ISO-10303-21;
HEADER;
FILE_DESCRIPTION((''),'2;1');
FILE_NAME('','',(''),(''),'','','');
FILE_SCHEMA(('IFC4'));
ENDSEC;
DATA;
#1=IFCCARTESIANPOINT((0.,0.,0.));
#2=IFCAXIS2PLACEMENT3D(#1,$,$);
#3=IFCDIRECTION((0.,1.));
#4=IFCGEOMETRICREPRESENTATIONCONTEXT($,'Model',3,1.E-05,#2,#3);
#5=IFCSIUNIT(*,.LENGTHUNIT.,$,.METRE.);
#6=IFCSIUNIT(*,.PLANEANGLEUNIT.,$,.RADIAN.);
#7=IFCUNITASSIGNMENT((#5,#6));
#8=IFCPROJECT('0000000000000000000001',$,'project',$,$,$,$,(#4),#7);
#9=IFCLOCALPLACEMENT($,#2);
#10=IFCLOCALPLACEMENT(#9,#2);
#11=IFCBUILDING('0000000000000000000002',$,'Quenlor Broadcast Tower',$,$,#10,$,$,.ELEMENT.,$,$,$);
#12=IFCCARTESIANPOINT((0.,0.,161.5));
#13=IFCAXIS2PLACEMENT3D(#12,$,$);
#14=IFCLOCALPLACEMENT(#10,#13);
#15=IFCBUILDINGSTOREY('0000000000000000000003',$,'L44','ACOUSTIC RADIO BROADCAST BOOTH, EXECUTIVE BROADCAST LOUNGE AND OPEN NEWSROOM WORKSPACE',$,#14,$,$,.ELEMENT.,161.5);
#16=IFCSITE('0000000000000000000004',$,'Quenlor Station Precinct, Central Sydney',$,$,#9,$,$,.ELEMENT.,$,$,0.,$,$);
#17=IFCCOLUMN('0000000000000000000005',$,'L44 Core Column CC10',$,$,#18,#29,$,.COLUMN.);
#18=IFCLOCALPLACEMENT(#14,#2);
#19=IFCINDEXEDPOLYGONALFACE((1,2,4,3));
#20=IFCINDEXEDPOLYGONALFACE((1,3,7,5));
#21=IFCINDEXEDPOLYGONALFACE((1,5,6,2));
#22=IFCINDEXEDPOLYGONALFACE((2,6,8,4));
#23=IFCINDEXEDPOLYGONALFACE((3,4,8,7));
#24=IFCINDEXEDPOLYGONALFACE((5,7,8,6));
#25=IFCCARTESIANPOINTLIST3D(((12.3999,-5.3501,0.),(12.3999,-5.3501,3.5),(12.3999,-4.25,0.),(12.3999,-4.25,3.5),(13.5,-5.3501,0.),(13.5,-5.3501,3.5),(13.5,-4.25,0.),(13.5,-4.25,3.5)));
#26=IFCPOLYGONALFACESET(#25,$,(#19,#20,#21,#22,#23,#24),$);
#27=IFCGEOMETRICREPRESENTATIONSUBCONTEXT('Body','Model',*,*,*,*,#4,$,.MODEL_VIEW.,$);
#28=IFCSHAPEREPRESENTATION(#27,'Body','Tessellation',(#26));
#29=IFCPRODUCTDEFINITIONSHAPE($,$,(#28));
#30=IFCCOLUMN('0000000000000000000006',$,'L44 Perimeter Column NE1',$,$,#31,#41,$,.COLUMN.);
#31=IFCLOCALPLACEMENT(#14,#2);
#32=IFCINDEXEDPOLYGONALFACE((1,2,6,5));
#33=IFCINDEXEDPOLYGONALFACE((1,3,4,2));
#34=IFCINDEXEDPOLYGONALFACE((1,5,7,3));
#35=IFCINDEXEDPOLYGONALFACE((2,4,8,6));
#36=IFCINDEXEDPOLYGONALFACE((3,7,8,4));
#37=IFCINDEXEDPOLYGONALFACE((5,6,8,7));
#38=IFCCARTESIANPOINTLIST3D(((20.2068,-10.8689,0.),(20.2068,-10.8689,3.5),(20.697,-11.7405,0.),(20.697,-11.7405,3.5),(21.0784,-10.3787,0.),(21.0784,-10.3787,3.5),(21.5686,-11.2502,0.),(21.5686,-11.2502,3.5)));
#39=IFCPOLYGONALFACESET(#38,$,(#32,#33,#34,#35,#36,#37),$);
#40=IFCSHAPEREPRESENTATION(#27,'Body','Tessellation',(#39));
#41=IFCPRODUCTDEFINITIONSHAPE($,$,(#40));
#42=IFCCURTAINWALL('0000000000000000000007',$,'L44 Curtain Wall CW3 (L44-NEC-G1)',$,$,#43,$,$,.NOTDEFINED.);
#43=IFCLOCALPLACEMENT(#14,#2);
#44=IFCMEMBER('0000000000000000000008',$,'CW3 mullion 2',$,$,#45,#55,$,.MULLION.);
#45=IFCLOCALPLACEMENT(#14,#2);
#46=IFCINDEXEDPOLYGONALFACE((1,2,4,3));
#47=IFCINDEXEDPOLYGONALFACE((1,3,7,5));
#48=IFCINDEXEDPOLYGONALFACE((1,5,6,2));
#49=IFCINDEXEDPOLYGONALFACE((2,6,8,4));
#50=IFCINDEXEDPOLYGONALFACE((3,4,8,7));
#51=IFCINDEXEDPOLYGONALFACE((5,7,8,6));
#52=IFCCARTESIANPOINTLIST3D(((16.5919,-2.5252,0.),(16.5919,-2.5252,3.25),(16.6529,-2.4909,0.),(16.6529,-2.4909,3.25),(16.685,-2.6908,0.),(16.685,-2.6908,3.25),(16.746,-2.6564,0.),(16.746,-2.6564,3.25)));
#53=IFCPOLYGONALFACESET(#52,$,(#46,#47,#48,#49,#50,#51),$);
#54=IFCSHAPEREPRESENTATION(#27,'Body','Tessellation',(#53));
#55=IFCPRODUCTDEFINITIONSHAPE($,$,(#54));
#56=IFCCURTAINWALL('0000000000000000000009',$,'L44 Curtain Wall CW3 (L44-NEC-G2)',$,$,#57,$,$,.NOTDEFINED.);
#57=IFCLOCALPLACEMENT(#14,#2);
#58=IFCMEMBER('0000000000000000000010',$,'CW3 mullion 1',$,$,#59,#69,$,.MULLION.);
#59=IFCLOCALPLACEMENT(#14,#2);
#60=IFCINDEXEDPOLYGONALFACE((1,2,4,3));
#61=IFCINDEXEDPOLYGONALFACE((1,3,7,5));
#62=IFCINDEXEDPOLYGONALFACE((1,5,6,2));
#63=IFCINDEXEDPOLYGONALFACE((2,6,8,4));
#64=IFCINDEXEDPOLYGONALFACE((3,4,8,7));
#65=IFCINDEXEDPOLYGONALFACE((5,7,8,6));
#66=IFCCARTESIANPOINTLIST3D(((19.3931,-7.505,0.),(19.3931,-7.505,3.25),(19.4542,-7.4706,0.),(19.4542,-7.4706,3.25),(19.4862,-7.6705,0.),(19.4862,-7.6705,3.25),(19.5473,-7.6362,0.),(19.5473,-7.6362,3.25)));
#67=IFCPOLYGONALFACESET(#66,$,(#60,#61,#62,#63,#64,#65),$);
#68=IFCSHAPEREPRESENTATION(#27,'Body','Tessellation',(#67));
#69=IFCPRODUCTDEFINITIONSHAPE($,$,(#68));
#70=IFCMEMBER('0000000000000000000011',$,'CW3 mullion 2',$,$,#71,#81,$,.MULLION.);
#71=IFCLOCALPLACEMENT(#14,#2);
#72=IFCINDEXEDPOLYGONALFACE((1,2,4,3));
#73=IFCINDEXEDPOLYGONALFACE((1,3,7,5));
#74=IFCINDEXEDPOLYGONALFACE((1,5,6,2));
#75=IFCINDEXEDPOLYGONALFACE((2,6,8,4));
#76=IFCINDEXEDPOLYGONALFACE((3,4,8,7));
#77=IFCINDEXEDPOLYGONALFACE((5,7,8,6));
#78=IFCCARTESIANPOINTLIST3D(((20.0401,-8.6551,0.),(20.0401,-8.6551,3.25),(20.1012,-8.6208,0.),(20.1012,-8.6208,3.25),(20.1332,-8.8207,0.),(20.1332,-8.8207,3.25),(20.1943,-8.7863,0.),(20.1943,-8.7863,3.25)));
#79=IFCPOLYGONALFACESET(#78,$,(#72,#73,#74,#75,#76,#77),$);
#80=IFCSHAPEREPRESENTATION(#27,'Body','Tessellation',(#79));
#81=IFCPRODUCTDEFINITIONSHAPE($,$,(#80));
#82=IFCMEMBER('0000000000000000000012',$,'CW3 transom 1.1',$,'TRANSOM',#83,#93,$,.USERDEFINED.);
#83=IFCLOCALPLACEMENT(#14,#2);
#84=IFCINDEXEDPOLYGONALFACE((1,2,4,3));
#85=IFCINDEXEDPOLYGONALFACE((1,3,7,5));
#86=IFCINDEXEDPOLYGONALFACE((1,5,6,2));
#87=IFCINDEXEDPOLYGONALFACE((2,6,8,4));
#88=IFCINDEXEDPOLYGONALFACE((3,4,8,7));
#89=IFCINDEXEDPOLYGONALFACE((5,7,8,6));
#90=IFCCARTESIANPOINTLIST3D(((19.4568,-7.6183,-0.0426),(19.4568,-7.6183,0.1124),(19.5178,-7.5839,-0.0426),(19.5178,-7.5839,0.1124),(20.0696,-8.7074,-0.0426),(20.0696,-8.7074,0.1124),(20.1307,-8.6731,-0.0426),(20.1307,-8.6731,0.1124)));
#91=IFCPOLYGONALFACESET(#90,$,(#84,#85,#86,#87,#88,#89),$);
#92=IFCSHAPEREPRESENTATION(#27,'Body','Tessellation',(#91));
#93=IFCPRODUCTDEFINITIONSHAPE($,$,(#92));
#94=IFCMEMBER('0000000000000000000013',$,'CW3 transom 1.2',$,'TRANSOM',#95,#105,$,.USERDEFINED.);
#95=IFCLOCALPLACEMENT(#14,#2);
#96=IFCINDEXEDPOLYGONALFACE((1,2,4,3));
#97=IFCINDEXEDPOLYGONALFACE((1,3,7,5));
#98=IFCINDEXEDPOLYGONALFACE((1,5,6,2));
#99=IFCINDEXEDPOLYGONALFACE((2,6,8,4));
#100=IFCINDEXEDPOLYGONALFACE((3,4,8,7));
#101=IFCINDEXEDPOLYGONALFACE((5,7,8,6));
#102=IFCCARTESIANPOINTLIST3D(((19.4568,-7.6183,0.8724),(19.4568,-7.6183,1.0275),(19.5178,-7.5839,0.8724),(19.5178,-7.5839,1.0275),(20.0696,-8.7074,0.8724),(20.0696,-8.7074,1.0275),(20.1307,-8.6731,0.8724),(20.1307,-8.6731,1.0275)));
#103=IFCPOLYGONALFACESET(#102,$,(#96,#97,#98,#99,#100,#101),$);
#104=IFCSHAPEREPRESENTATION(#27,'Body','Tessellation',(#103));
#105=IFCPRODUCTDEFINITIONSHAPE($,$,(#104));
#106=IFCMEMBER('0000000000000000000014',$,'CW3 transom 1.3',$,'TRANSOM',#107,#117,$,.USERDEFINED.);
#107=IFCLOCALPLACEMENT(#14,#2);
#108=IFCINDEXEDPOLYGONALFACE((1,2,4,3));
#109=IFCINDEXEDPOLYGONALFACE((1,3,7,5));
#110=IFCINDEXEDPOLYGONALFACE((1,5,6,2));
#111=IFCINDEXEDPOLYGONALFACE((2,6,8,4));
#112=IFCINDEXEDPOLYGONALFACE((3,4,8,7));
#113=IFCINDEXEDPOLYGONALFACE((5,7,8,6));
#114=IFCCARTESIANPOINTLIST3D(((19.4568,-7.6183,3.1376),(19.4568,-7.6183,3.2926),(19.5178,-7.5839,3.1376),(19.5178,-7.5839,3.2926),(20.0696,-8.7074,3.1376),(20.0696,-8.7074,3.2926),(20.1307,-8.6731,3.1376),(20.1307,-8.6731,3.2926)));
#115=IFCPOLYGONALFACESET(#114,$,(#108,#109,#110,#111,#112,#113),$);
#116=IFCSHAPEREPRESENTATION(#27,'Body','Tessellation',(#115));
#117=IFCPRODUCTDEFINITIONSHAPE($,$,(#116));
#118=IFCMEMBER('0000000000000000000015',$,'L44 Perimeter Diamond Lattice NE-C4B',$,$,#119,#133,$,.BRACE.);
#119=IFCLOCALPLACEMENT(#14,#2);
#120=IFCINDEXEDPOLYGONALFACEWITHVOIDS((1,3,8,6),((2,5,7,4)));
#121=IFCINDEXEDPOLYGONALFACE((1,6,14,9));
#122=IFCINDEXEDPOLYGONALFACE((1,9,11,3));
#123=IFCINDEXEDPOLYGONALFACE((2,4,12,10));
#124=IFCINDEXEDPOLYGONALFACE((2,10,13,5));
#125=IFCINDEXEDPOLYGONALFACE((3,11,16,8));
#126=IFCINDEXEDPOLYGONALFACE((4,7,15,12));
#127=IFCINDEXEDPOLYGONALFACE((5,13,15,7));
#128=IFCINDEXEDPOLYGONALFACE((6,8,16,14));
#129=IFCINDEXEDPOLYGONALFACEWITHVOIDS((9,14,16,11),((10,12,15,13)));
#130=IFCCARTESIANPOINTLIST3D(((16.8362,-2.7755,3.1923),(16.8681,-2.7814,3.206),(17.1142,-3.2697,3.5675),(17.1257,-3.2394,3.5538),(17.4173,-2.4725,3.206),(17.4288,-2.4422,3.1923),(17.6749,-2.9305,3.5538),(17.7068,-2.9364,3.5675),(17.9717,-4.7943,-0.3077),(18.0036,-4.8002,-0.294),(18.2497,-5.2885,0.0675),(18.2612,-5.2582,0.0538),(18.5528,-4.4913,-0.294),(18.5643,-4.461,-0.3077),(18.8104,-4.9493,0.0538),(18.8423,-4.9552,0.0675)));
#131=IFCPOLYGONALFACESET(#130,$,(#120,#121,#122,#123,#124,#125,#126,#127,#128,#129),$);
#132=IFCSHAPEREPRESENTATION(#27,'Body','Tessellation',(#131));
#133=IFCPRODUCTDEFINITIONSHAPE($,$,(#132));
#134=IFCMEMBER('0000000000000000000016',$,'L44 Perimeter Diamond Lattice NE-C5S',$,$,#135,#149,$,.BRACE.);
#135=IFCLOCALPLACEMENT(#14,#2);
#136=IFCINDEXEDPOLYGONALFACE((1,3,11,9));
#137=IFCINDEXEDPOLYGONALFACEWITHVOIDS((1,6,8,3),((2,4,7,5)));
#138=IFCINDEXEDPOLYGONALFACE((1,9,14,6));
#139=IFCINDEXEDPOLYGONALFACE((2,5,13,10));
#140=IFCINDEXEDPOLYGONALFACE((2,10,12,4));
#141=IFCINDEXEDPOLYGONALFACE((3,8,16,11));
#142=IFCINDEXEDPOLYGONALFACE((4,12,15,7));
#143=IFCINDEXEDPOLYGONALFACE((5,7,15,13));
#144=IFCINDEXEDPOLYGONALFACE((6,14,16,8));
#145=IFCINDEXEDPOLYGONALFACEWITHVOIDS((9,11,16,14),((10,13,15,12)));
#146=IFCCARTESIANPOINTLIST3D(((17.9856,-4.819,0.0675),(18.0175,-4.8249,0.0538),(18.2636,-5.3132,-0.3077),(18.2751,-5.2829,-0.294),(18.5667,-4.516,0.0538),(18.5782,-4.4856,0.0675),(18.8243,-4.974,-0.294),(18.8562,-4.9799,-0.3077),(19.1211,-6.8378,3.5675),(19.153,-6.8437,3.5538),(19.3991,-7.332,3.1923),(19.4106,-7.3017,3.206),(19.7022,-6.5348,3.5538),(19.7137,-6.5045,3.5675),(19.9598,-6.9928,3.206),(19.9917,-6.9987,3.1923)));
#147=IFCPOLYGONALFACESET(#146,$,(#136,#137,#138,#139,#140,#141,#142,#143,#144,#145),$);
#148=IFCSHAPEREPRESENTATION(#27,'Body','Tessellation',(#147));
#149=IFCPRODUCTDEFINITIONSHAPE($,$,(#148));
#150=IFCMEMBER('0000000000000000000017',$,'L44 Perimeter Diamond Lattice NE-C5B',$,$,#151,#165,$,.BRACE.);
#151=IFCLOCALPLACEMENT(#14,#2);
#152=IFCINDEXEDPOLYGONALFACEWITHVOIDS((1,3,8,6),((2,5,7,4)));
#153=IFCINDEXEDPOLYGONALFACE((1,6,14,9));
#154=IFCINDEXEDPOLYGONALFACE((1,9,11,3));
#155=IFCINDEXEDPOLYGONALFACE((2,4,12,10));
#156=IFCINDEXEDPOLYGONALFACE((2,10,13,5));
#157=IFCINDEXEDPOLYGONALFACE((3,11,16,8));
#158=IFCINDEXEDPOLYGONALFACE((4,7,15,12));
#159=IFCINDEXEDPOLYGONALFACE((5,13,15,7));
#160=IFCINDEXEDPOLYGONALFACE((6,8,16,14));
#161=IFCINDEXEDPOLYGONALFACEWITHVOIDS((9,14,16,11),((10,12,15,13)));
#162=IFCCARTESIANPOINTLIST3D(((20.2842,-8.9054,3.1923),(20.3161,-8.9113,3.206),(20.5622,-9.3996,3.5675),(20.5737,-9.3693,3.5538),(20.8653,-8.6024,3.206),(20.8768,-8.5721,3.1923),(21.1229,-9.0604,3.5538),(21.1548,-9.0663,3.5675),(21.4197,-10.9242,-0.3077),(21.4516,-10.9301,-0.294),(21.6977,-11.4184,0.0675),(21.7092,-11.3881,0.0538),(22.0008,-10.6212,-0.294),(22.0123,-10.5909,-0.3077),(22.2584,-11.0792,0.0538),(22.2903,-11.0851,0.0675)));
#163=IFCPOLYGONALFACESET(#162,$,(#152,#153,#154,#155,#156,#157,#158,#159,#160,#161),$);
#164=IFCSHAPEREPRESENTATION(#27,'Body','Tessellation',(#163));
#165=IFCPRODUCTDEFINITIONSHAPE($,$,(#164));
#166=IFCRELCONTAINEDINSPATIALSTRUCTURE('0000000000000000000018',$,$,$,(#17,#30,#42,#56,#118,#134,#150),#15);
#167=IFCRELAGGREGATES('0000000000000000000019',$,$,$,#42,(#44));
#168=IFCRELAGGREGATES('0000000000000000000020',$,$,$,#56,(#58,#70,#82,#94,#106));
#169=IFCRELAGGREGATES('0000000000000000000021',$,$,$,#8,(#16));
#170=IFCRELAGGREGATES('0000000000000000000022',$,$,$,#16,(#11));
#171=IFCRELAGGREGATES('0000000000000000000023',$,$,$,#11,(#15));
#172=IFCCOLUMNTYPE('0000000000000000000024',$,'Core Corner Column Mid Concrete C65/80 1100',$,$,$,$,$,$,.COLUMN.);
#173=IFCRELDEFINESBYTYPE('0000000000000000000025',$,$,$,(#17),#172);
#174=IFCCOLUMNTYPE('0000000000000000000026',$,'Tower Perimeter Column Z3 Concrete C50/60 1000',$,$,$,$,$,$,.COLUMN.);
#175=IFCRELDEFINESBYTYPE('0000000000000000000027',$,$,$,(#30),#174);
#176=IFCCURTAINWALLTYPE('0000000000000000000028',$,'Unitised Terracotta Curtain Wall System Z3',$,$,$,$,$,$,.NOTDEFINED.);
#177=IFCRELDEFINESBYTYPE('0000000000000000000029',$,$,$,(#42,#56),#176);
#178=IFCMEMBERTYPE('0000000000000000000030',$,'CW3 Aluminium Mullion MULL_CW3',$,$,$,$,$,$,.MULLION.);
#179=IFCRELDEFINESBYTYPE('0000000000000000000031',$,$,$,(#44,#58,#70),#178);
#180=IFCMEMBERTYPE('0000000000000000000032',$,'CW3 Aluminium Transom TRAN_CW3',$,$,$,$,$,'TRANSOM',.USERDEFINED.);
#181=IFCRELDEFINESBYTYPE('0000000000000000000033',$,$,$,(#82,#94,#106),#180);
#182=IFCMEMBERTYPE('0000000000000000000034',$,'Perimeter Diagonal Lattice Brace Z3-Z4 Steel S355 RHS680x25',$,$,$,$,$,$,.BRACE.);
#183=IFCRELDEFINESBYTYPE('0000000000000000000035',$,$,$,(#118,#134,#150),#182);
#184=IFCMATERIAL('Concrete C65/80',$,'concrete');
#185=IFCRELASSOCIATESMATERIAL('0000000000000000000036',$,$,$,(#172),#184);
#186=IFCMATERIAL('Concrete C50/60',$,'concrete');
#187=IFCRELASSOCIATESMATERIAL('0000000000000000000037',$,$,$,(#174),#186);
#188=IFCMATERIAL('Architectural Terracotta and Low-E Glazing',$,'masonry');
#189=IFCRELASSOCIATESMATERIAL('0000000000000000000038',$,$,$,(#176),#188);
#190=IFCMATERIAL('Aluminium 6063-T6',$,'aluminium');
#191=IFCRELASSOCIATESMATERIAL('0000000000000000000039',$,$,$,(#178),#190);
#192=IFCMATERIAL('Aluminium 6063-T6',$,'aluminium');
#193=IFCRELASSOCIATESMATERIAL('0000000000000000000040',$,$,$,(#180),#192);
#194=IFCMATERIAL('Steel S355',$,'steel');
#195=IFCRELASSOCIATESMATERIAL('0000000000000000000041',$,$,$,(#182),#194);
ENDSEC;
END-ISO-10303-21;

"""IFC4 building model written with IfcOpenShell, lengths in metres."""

from ifc_helpers import new_model, si_unit, direction, frame, origin, origin_2d, place, context, subcontext, project, spatial, rectangle, hollow_rectangle, extrude, material, material_profile, profile_set, type_object, element, aggregate, save


model = new_model("IFC4")

# Units and contexts
model_context = context("Model", 3, precision=1e-05, world=origin(), true_north=direction((0.0, 1.0)))
body_context = subcontext(model_context, "Body", "Model", "MODEL_VIEW")
ifc_project = project(units=[si_unit("LENGTHUNIT", "METRE"), si_unit("PLANEANGLEUNIT", "RADIAN")], contexts=[model_context])

# Site, building, storey
site_placement = place(None, origin())
site = spatial("IfcSite", under=ifc_project, at=site_placement, Name="Quenlor Station Precinct, Central Sydney", CompositionType="ELEMENT", RefElevation=0.0)
building_placement = place(site_placement, origin())
building = spatial("IfcBuilding", under=site, at=building_placement, Name="Quenlor Broadcast Tower", CompositionType="ELEMENT")
storey_placement = place(building_placement, frame((0.0, 0.0, 161.5)))
storey = spatial("IfcBuildingStorey", under=building, at=storey_placement, Name="L44", Description="ACOUSTIC RADIO BROADCAST BOOTH, EXECUTIVE BROADCAST LOUNGE AND OPEN NEWSROOM WORKSPACE", CompositionType="ELEMENT", Elevation=161.5)

# Columns
ifc_material_1 = material(Name="Concrete C65/80", Category="concrete")
ifc_material_profile_1 = material_profile(ifc_material_1, rectangle(XDim=1.1001, YDim=1.1001, at=origin_2d()))
ifc_profile_set_1 = profile_set([ifc_material_profile_1], Name="Concrete C65/80 RC1100x1100")
column_type_1 = type_object("IfcColumnType", Name="Core Corner Column Mid Concrete C65/80 1100", PredefinedType="COLUMN", material=ifc_profile_set_1)
column_1_placement = place(storey_placement, frame((12.95, -4.8, 0.0), z_axis=(0.0, 0.0, 1.0), x_axis=(1.0, 0.0, 0.0)))
element("IfcColumn", 1, at=column_1_placement, inside=storey, type_object=column_type_1, Name="L44 Core Column CC10", PredefinedType="COLUMN", context=body_context, shape_type="SweptSolid", body=[
    extrude(rectangle(XDim=1.1001, YDim=1.1001, at=origin_2d()), origin(), (0.0, 0.0, 1.0), 3.5),
])
ifc_material_2 = material(Name="Concrete C50/60", Category="concrete")
ifc_material_profile_2 = material_profile(ifc_material_2, rectangle(XDim=1.0, YDim=1.0, at=origin_2d()))
ifc_profile_set_2 = profile_set([ifc_material_profile_2], Name="Concrete C50/60 RC1000x1000")
column_type_2 = type_object("IfcColumnType", Name="Tower Perimeter Column Z3 Concrete C50/60 1000", PredefinedType="COLUMN", material=ifc_profile_set_2)
column_2_placement = place(storey_placement, frame((20.8877, -11.0596, 0.0), z_axis=(0.0, 0.0, 1.0), x_axis=(0.871575, 0.490262, 0.0)))
element("IfcColumn", 2, at=column_2_placement, inside=storey, type_object=column_type_2, Name="L44 Perimeter Column NE1", PredefinedType="COLUMN", context=body_context, shape_type="SweptSolid", body=[
    extrude(rectangle(XDim=1.0, YDim=1.0, at=origin_2d()), origin(), (0.0, 0.0, 1.0), 3.5),
])

# Curtain wall, member
ifc_material_3 = material(Name="Architectural Terracotta and Low-E Glazing", Category="masonry")
curtain_wall_type = type_object("IfcCurtainWallType", Name="Unitised Terracotta Curtain Wall System Z3", PredefinedType="NOTDEFINED", material=ifc_material_3)
curtain_wall_1_placement = place(storey_placement, origin())
curtain_wall_1 = element("IfcCurtainWall", 3, at=curtain_wall_1_placement, inside=storey, type_object=curtain_wall_type, Name="L44 Curtain Wall CW3 (L44-NEC-G1)", PredefinedType="NOTDEFINED")
ifc_material_4 = material(Name="Aluminium 6063-T6", Category="aluminium")
ifc_material_profile_3 = material_profile(ifc_material_4, rectangle(XDim=0.0701, YDim=0.1899, at=origin_2d()))
ifc_profile_set_3 = profile_set([ifc_material_profile_3], Name="Aluminium 6063-T6 MULL70x190")
member_type_1 = type_object("IfcMemberType", Name="CW3 Aluminium Mullion MULL_CW3", PredefinedType="MULLION", material=ifc_profile_set_3)
member_1_placement = place(storey_placement, frame((16.6689, -2.5908, 0.0), z_axis=(0.0, 0.0, 1.0), x_axis=(0.87158, 0.490253, 0.0)))
member_1 = element("IfcMember", 4, at=member_1_placement, type_object=member_type_1, Name="CW3 mullion 2", PredefinedType="MULLION", context=body_context, shape_type="SweptSolid", body=[
    extrude(rectangle(XDim=0.0701, YDim=0.1899, at=origin_2d()), origin(), (0.0, 0.0, 1.0), 3.25),
])
aggregate(curtain_wall_1, [member_1])

# Curtain wall, members
curtain_wall_2_placement = place(storey_placement, origin())
curtain_wall_2 = element("IfcCurtainWall", 5, at=curtain_wall_2_placement, inside=storey, type_object=curtain_wall_type, Name="L44 Curtain Wall CW3 (L44-NEC-G2)", PredefinedType="NOTDEFINED")
member_2_placement = place(storey_placement, frame((19.4702, -7.5706, 0.0), z_axis=(0.0, 0.0, 1.0), x_axis=(0.871576, 0.490261, 0.0)))
member_2 = element("IfcMember", 6, at=member_2_placement, type_object=member_type_1, Name="CW3 mullion 1", PredefinedType="MULLION", context=body_context, shape_type="SweptSolid", body=[
    extrude(rectangle(XDim=0.0701, YDim=0.1899, at=origin_2d()), origin(), (0.0, 0.0, 1.0), 3.25),
])
member_3_placement = place(storey_placement, frame((20.1172, -8.7207, 0.0), z_axis=(0.0, 0.0, 1.0), x_axis=(0.871576, 0.490261, 0.0)))
member_3 = element("IfcMember", 7, at=member_3_placement, type_object=member_type_1, Name="CW3 mullion 2", PredefinedType="MULLION", context=body_context, shape_type="SweptSolid", body=[
    extrude(rectangle(XDim=0.0701, YDim=0.1899, at=origin_2d()), origin(), (0.0, 0.0, 1.0), 3.25),
])
ifc_material_5 = material(Name="Aluminium 6063-T6", Category="aluminium")
ifc_material_profile_4 = material_profile(ifc_material_5, rectangle(XDim=0.0701, YDim=0.155, at=origin_2d()))
ifc_profile_set_4 = profile_set([ifc_material_profile_4], Name="Aluminium 6063-T6 TRAN70x155")
member_type_2 = type_object("IfcMemberType", Name="CW3 Aluminium Transom TRAN_CW3", ElementType="TRANSOM", PredefinedType="USERDEFINED", material=ifc_profile_set_4)
member_4_placement = place(storey_placement, frame((19.4873, -7.6011, 0.0349), z_axis=(0.490363, -0.871518, 0.0), x_axis=(0.871518, 0.490363, 0.0)))
member_4 = element("IfcMember", 8, at=member_4_placement, type_object=member_type_2, Name="CW3 transom 1.1", ObjectType="TRANSOM", PredefinedType="USERDEFINED", context=body_context, shape_type="SweptSolid", body=[
    extrude(rectangle(XDim=0.0701, YDim=0.155, at=origin_2d()), origin(), (0.0, 0.0, 1.0), 1.2498),
])
member_5_placement = place(storey_placement, frame((19.4873, -7.6011, 0.95), z_axis=(0.490363, -0.871518, 0.0), x_axis=(0.871518, 0.490363, 0.0)))
member_5 = element("IfcMember", 9, at=member_5_placement, type_object=member_type_2, Name="CW3 transom 1.2", ObjectType="TRANSOM", PredefinedType="USERDEFINED", context=body_context, shape_type="SweptSolid", body=[
    extrude(rectangle(XDim=0.0701, YDim=0.155, at=origin_2d()), origin(), (0.0, 0.0, 1.0), 1.2498),
])
member_6_placement = place(storey_placement, frame((19.4873, -7.6011, 3.2151), z_axis=(0.490363, -0.871518, 0.0), x_axis=(0.871518, 0.490363, 0.0)))
member_6 = element("IfcMember", 10, at=member_6_placement, type_object=member_type_2, Name="CW3 transom 1.3", ObjectType="TRANSOM", PredefinedType="USERDEFINED", context=body_context, shape_type="SweptSolid", body=[
    extrude(rectangle(XDim=0.0701, YDim=0.155, at=origin_2d()), origin(), (0.0, 0.0, 1.0), 1.2498),
])

# Members
ifc_material_6 = material(Name="Steel S355", Category="steel")
ifc_material_profile_5 = material_profile(ifc_material_6, hollow_rectangle(XDim=0.6799, YDim=0.6799, WallThickness=0.0249, at=origin_2d()))
ifc_profile_set_5 = profile_set([ifc_material_profile_5], Name="Steel S355 RHS680x680x25")
member_type_3 = type_object("IfcMemberType", Name="Perimeter Diagonal Lattice Brace Z3-Z4 Steel S355 RHS680x25", PredefinedType="BRACE", material=ifc_profile_set_5)
for number, where, z_axis, x_axis, name in (
    (11, (18.407, -4.8748, -0.1201), (-0.270549, 0.481009, 0.833927), (-0.87159, -0.490236, 0.0), "L44 Perimeter Diamond Lattice NE-C4B"),
    (12, (18.4209, -4.8994, -0.1201), (0.270549, -0.481009, 0.833927), (0.87159, 0.490236, 0.0), "L44 Perimeter Diamond Lattice NE-C5S"),
    (13, (21.855, -11.0046, -0.1201), (-0.270549, 0.481009, 0.833927), (-0.87159, -0.490236, 0.0), "L44 Perimeter Diamond Lattice NE-C5B"),
):
    element("IfcMember", number, at=place(storey_placement, frame(where, z_axis=z_axis, x_axis=x_axis)), inside=storey, type_object=member_type_3, Name=name, PredefinedType="BRACE", context=body_context, shape_type="SweptSolid", body=[
        extrude(hollow_rectangle(XDim=0.6799, YDim=0.6799, WallThickness=0.0249, at=origin_2d()), origin(), (0.0, 0.0, 1.0), 4.197),
    ])

aggregate(curtain_wall_2, [member_2, member_3, member_4, member_5, member_6])

save(model, "model.ifc")
